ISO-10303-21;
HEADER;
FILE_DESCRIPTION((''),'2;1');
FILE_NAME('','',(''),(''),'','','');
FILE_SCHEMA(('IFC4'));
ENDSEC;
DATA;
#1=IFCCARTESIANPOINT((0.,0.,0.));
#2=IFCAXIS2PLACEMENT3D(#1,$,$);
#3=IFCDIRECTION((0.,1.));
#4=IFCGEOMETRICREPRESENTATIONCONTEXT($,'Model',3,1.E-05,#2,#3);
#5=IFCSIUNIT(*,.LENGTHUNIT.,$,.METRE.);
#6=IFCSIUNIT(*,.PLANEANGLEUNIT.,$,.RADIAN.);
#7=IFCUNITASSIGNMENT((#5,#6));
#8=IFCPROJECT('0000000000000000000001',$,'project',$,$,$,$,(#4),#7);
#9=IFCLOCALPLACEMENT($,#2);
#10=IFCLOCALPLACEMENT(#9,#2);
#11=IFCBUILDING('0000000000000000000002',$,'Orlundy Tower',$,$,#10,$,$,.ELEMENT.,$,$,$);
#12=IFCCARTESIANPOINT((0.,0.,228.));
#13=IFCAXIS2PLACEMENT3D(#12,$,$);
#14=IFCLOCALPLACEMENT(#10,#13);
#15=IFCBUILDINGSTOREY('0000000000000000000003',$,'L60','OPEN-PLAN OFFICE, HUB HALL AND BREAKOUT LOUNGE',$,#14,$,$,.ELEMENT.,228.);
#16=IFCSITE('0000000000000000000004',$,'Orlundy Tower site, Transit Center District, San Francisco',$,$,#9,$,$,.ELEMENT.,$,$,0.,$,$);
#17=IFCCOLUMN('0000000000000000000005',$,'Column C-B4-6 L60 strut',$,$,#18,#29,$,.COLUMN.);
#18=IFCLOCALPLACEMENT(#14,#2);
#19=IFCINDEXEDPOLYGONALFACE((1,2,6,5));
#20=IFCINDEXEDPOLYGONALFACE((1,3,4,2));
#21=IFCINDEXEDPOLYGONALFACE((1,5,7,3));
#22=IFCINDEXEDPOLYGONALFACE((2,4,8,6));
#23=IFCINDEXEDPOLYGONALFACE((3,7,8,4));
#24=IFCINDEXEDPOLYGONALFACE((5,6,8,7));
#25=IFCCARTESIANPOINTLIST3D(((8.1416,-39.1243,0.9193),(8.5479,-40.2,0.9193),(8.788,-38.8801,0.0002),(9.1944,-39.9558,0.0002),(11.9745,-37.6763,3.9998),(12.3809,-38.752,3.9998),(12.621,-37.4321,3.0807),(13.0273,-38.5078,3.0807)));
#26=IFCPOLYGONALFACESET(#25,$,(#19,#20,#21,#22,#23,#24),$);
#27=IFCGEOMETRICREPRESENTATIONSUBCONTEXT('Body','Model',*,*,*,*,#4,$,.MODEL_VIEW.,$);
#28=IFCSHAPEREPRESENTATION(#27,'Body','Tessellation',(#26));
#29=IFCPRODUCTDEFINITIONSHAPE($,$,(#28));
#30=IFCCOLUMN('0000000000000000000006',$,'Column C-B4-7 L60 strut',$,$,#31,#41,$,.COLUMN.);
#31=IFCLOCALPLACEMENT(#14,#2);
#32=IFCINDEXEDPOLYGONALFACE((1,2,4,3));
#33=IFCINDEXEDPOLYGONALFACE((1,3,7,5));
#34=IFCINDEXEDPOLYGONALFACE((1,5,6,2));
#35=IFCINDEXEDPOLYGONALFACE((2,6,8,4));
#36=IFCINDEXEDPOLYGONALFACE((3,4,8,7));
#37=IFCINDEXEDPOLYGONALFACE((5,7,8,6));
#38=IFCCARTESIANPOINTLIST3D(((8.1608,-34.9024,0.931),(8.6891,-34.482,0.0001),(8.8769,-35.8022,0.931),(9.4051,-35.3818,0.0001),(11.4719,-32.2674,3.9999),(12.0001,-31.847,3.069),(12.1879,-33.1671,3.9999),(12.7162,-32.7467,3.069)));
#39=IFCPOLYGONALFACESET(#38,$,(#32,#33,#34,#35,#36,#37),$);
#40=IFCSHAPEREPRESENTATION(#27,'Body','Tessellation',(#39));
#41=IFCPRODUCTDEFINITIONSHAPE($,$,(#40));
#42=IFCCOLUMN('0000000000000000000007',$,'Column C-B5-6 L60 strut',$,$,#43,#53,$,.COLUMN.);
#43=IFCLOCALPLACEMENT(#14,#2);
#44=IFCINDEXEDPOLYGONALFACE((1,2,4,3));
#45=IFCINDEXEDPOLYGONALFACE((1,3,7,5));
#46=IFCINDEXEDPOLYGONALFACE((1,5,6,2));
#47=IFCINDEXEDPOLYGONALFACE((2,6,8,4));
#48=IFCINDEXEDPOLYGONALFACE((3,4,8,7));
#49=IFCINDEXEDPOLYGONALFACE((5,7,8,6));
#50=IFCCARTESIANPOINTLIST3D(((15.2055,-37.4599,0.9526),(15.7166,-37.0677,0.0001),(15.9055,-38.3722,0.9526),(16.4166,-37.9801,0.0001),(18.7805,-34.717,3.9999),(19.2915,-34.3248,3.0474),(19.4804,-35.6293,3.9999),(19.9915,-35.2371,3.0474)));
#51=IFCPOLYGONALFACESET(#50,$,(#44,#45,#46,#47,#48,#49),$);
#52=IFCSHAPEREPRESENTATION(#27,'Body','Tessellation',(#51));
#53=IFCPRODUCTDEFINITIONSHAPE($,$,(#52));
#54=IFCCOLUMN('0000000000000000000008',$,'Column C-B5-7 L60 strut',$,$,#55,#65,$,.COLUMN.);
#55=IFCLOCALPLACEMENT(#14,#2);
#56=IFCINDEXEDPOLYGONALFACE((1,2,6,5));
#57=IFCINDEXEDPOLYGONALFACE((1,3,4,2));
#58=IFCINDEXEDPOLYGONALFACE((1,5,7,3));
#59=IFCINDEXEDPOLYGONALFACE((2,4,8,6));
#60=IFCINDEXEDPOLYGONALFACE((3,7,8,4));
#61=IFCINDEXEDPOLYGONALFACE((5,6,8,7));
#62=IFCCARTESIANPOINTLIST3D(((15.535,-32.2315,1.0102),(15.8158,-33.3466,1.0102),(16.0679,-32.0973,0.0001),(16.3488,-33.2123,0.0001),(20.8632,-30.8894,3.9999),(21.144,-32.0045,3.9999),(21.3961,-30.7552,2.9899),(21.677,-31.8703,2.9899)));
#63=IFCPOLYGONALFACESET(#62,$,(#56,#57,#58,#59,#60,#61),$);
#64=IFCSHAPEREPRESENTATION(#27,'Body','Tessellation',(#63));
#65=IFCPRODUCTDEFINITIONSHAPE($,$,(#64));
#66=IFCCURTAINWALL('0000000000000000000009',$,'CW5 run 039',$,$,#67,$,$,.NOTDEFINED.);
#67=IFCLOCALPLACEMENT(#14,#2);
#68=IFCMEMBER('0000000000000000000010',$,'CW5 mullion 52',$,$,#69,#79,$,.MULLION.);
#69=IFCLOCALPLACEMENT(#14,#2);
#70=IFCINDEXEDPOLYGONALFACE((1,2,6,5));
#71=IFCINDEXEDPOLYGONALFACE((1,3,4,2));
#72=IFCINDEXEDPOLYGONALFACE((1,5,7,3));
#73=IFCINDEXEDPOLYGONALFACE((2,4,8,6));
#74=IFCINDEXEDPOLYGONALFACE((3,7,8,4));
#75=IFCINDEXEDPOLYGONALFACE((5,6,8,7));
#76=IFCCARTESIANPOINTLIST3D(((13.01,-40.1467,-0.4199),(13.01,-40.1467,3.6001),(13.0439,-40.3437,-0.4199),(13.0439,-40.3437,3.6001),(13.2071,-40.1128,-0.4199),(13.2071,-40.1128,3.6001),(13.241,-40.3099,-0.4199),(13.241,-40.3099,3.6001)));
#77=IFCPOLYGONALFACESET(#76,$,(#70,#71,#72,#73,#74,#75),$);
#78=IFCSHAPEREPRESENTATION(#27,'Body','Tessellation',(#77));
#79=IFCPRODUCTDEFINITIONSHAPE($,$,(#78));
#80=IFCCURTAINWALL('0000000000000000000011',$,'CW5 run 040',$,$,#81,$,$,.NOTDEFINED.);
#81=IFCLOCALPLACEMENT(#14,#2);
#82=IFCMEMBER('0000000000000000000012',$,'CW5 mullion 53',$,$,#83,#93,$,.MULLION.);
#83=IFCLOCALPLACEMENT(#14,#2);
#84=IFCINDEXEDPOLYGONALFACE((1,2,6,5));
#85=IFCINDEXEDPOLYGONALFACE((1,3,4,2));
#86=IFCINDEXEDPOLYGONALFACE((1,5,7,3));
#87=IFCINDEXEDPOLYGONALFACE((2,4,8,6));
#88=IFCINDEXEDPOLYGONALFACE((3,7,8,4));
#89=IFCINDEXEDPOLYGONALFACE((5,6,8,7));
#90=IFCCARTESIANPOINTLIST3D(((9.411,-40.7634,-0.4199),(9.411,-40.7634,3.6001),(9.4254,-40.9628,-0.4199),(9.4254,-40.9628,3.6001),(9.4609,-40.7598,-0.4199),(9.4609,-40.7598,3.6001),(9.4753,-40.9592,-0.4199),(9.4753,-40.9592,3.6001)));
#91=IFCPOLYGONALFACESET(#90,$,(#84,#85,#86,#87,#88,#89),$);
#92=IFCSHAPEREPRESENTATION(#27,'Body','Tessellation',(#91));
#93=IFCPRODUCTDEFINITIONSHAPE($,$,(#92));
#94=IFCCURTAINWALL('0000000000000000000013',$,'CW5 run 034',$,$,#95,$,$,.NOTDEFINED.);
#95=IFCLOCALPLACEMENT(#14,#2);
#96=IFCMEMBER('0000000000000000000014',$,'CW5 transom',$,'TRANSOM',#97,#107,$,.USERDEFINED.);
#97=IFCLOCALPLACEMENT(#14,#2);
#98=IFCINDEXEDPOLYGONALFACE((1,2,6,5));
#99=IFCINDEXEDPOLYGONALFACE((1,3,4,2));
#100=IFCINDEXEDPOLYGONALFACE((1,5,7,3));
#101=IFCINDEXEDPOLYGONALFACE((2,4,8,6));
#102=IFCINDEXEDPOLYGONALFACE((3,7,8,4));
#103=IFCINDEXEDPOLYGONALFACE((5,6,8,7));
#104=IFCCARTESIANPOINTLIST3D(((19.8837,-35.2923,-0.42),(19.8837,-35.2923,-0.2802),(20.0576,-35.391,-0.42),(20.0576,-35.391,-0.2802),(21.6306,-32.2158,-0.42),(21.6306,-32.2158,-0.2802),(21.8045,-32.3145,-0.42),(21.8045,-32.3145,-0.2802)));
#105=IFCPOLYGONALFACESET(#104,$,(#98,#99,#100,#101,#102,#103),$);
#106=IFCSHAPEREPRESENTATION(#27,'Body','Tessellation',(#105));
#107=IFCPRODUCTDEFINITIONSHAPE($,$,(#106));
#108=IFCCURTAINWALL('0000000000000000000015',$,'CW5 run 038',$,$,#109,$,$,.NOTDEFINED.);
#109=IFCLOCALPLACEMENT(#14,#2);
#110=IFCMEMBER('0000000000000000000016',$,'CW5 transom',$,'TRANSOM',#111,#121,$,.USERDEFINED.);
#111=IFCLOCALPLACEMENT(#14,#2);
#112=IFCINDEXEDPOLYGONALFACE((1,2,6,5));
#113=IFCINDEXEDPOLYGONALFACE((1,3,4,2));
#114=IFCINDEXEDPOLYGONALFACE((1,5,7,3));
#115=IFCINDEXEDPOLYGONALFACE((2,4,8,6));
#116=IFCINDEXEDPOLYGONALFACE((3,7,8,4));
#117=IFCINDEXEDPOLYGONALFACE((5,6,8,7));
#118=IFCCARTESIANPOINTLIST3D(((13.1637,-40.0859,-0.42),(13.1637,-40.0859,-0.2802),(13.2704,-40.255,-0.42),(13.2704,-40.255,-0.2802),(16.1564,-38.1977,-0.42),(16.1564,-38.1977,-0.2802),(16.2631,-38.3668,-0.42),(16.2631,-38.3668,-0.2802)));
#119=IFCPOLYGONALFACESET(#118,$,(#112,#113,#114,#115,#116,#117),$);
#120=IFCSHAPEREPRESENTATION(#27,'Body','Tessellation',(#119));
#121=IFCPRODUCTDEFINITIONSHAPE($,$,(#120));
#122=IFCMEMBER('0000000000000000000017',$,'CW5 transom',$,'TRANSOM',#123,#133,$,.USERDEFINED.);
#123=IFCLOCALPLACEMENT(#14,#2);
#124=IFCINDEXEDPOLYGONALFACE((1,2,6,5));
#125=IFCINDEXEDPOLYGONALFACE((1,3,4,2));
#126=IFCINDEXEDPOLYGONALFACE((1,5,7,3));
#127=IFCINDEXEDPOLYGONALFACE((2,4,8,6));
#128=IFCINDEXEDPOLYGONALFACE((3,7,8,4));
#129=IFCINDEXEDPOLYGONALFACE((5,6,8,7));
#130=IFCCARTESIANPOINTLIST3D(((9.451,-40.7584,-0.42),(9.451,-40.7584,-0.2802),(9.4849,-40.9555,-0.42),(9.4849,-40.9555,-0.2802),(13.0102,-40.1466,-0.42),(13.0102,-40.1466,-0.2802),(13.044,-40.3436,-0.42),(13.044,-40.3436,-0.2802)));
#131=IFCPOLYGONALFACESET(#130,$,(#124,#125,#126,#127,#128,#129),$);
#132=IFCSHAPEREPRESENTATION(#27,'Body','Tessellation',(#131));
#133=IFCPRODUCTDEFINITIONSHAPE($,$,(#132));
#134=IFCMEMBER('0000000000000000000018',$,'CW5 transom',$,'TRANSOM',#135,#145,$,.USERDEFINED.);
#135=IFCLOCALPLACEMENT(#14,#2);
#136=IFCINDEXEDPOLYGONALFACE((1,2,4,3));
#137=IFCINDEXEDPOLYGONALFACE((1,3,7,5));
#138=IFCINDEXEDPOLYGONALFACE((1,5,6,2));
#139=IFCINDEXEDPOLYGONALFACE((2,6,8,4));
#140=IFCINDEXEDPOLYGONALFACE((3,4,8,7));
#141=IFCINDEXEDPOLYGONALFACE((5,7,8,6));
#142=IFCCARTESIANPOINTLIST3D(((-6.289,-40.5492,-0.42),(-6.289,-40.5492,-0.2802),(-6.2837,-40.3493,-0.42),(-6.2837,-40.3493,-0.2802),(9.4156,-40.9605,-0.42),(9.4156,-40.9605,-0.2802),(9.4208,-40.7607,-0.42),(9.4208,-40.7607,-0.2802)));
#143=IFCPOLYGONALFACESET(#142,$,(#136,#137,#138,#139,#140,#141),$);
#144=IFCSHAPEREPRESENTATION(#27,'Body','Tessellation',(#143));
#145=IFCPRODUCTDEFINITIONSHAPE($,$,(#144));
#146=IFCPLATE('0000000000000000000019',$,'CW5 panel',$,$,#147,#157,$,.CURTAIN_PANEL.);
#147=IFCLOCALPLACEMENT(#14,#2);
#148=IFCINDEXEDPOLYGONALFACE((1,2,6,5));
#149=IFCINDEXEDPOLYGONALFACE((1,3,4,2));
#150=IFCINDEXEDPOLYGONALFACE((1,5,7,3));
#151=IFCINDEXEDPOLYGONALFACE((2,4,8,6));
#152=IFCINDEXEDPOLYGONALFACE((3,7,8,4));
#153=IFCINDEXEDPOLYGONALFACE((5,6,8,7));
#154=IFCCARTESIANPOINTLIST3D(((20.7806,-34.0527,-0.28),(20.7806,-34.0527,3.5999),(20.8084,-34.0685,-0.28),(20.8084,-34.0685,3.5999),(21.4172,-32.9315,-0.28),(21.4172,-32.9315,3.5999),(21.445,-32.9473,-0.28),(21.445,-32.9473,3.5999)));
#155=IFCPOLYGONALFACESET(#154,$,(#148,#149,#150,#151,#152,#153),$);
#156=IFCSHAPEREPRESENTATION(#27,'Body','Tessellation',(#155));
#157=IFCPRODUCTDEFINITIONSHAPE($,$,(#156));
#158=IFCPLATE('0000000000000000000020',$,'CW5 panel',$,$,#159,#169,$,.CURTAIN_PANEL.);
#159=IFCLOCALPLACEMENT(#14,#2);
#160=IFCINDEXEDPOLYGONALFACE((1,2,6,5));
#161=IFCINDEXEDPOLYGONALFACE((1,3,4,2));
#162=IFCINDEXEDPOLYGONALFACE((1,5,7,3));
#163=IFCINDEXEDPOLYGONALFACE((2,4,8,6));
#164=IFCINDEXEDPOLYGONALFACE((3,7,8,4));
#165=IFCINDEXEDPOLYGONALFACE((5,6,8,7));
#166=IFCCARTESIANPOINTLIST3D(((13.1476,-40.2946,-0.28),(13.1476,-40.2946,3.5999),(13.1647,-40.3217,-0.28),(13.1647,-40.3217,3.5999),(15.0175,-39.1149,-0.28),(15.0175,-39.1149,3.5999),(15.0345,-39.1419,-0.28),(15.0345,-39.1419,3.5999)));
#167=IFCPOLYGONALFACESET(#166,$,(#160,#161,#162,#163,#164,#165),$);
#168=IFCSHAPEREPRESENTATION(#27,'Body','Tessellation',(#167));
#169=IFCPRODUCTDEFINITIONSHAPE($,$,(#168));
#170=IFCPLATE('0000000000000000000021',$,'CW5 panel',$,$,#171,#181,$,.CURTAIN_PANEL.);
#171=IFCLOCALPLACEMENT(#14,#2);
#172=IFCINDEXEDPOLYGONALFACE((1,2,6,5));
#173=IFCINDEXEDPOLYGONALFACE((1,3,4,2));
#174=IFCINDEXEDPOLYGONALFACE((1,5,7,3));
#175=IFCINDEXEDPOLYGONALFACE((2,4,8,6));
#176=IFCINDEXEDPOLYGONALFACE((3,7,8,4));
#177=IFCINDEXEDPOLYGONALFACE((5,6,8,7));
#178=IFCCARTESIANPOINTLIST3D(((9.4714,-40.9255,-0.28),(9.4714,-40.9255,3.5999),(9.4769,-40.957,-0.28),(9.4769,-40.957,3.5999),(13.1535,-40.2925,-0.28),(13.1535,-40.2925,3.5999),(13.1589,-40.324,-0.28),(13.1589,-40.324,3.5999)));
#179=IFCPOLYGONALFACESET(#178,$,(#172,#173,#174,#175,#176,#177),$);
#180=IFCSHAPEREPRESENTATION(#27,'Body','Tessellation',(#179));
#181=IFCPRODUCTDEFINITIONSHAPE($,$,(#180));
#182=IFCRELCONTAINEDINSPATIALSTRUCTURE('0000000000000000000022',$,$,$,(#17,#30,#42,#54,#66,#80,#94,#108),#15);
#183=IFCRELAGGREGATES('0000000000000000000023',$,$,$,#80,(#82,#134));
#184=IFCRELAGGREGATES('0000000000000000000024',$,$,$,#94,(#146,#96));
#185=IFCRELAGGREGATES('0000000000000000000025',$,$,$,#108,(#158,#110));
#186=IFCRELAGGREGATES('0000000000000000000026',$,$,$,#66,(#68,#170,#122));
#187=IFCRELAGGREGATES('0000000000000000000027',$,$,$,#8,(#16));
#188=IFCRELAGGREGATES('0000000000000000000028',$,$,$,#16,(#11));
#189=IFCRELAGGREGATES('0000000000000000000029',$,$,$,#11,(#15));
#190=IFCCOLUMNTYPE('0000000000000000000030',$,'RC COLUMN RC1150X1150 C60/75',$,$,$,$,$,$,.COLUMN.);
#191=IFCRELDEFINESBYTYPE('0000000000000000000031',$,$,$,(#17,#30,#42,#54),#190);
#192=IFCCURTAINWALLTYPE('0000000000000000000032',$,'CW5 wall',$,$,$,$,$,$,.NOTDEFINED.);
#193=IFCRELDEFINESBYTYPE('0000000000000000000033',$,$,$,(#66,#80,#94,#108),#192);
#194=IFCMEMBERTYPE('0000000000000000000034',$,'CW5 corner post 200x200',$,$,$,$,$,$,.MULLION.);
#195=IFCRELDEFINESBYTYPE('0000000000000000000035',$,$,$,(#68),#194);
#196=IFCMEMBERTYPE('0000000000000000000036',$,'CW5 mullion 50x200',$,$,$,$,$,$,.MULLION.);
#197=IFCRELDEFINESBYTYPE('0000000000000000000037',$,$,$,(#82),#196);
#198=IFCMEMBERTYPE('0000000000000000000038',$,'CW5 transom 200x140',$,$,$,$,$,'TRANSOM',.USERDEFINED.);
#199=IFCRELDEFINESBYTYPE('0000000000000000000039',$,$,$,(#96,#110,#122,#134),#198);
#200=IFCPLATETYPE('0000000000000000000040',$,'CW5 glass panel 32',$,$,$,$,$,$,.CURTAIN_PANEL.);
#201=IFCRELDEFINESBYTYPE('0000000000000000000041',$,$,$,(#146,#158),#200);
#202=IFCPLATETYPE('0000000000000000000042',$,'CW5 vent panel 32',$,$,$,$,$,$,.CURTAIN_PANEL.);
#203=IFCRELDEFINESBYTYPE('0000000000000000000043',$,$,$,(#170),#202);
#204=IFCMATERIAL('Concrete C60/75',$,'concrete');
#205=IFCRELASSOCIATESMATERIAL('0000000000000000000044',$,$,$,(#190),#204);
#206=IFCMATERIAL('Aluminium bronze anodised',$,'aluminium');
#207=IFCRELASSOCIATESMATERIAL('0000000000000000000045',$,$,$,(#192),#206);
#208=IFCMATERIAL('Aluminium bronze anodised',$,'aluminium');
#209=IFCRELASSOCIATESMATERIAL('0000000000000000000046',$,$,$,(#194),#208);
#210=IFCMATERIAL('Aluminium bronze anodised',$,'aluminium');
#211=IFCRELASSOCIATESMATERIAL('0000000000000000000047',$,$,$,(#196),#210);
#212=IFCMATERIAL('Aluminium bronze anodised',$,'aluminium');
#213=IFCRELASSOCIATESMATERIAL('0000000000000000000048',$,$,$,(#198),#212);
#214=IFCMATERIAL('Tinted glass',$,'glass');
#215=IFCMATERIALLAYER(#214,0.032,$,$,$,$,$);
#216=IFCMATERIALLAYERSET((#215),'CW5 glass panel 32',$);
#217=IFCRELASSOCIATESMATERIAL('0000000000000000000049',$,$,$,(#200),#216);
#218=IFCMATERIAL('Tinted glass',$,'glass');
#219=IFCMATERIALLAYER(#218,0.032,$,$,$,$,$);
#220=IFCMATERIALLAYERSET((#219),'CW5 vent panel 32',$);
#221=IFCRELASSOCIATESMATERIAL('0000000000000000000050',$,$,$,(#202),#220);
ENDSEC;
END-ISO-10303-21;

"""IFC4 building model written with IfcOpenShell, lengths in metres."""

from ifc_helpers import new_model, si_unit, direction, frame, origin, origin_2d, place, context, subcontext, project, spatial, rectangle, extrude, material, layer, layer_set, material_profile, profile_set, type_object, element, aggregate, save


model = new_model("IFC4")

# Units and contexts
model_context = context("Model", 3, precision=1e-05, world=origin(), true_north=direction((0.0, 1.0)))
body_context = subcontext(model_context, "Body", "Model", "MODEL_VIEW")
ifc_project = project(units=[si_unit("LENGTHUNIT", "METRE"), si_unit("PLANEANGLEUNIT", "RADIAN")], contexts=[model_context])

# Site, building, storey
site_placement = place(None, origin())
site = spatial("IfcSite", under=ifc_project, at=site_placement, Name="Orlundy Tower site, Transit Center District, San Francisco", CompositionType="ELEMENT", RefElevation=0.0)
building_placement = place(site_placement, origin())
building = spatial("IfcBuilding", under=site, at=building_placement, Name="Orlundy Tower", CompositionType="ELEMENT")
storey_placement = place(building_placement, frame((0.0, 0.0, 228.0)))
storey = spatial("IfcBuildingStorey", under=building, at=storey_placement, Name="L60", Description="OPEN-PLAN OFFICE, HUB HALL AND BREAKOUT LOUNGE", CompositionType="ELEMENT", Elevation=228.0)

# Columns
ifc_material_1 = material(Name="Concrete C60/75", Category="concrete")
ifc_material_profile_1 = material_profile(ifc_material_1, rectangle(XDim=1.1499, YDim=1.1499, at=origin_2d()), Name="RC1150X1150")
ifc_profile_set_1 = profile_set([ifc_material_profile_1], Name="Concrete C60/75")
column_type = type_object("IfcColumnType", Name="RC COLUMN RC1150X1150 C60/75", PredefinedType="COLUMN", material=ifc_profile_set_1)
column_1_placement = place(storey_placement, frame((8.668, -39.54, 0.4597), z_axis=(0.74772, 0.282467, 0.600938), x_axis=(-0.353395, 0.935474, 0.0)))
element("IfcColumn", 1, at=column_1_placement, inside=storey, type_object=column_type, Name="Column C-B4-6 L60 strut", PredefinedType="COLUMN", context=body_context, shape_type="SweptSolid", body=[
    extrude(rectangle(XDim=1.1499, YDim=1.1499, at=origin_2d()), origin(), (0.0, 0.0, 1.0), 5.1262),
])
column_2_placement = place(storey_placement, frame((8.783, -35.1421, 0.4656), z_axis=(0.633419, 0.504092, 0.587087), x_axis=(-0.622702, 0.782459, 0.0)))
element("IfcColumn", 2, at=column_2_placement, inside=storey, type_object=column_type, Name="Column C-B4-7 L60 strut", PredefinedType="COLUMN", context=body_context, shape_type="SweptSolid", body=[
    extrude(rectangle(XDim=1.1499, YDim=1.1499, at=origin_2d()), origin(), (0.0, 0.0, 1.0), 5.2273),
])
column_3_placement = place(storey_placement, frame((15.811, -37.72, 0.4763), z_axis=(0.657197, 0.504241, 0.560208), x_axis=(-0.608728, 0.793379, 0.0)))
element("IfcColumn", 3, at=column_3_placement, inside=storey, type_object=column_type, Name="Column C-B5-6 L60 strut", PredefinedType="COLUMN", context=body_context, shape_type="SweptSolid", body=[
    extrude(rectangle(XDim=1.1499, YDim=1.1499, at=origin_2d()), origin(), (0.0, 0.0, 1.0), 5.4397),
])
column_4_placement = place(storey_placement, frame((15.9419, -32.7219, 0.5051), z_axis=(0.85178, 0.214545, 0.477955), x_axis=(-0.24425, 0.969712, 0.0)))
element("IfcColumn", 4, at=column_4_placement, inside=storey, type_object=column_type, Name="Column C-B5-7 L60 strut", PredefinedType="COLUMN", context=body_context, shape_type="SweptSolid", body=[
    extrude(rectangle(XDim=1.1499, YDim=1.1499, at=origin_2d()), origin(), (0.0, 0.0, 1.0), 6.2554),
])

# Curtain walls, members
ifc_material_2 = material(Name="Aluminium bronze anodised", Category="aluminium")
curtain_wall_type = type_object("IfcCurtainWallType", Name="CW5 wall", PredefinedType="NOTDEFINED", material=ifc_material_2)
curtain_wall_1_placement = place(storey_placement, origin())
curtain_wall_1 = element("IfcCurtainWall", 5, at=curtain_wall_1_placement, inside=storey, type_object=curtain_wall_type, Name="CW5 run 039", PredefinedType="NOTDEFINED")
ifc_material_3 = material(Name="Aluminium bronze anodised", Category="aluminium")
ifc_material_profile_2 = material_profile(ifc_material_3, rectangle(XDim=0.2, YDim=0.2, at=origin_2d()), Name="CW5 corner post 200x200")
ifc_profile_set_2 = profile_set([ifc_material_profile_2], Name="Aluminium bronze anodised")
member_type_1 = type_object("IfcMemberType", Name="CW5 corner post 200x200", PredefinedType="MULLION", material=ifc_profile_set_2)
member_1_placement = place(storey_placement, frame((13.1255, -40.2283, -0.4199), z_axis=(0.0, 0.0, 1.0), x_axis=(0.169428, -0.985543, 0.0)))
member_1 = element("IfcMember", 6, at=member_1_placement, type_object=member_type_1, Name="CW5 mullion 52", PredefinedType="MULLION", context=body_context, shape_type="SweptSolid", body=[
    extrude(rectangle(XDim=0.2, YDim=0.2, at=origin_2d()), origin(), (0.0, 0.0, 1.0), 4.02),
])
curtain_wall_2_placement = place(storey_placement, origin())
curtain_wall_2 = element("IfcCurtainWall", 7, at=curtain_wall_2_placement, inside=storey, type_object=curtain_wall_type, Name="CW5 run 040", PredefinedType="NOTDEFINED")
ifc_material_4 = material(Name="Aluminium bronze anodised", Category="aluminium")
ifc_material_profile_3 = material_profile(ifc_material_4, rectangle(XDim=0.2, YDim=0.05, at=origin_2d()), Name="CW5 mullion 50x200")
ifc_profile_set_3 = profile_set([ifc_material_profile_3], Name="Aluminium bronze anodised")
member_type_2 = type_object("IfcMemberType", Name="CW5 mullion 50x200", PredefinedType="MULLION", material=ifc_profile_set_3)
member_2_placement = place(storey_placement, frame((9.4431, -40.8613, -0.4199), z_axis=(0.0, 0.0, 1.0), x_axis=(0.071966, -0.997407, 0.0)))
member_2 = element("IfcMember", 8, at=member_2_placement, type_object=member_type_2, Name="CW5 mullion 53", PredefinedType="MULLION", context=body_context, shape_type="SweptSolid", body=[
    extrude(rectangle(XDim=0.2, YDim=0.05, at=origin_2d()), origin(), (0.0, 0.0, 1.0), 4.02),
])
curtain_wall_3_placement = place(storey_placement, origin())
curtain_wall_3 = element("IfcCurtainWall", 9, at=curtain_wall_3_placement, inside=storey, type_object=curtain_wall_type, Name="CW5 run 034", PredefinedType="NOTDEFINED")
ifc_material_5 = material(Name="Aluminium bronze anodised", Category="aluminium")
ifc_material_profile_4 = material_profile(ifc_material_5, rectangle(XDim=0.2, YDim=0.1399, at=origin_2d()), Name="CW5 transom 200x140")
ifc_profile_set_4 = profile_set([ifc_material_profile_4], Name="Aluminium bronze anodised")
member_type_3 = type_object("IfcMemberType", Name="CW5 transom 200x140", ElementType="TRANSOM", PredefinedType="USERDEFINED", material=ifc_profile_set_4)
member_3_placement = place(storey_placement, frame((21.7175, -32.2651, -0.3501), z_axis=(-0.493766, -0.869595, 0.0), x_axis=(0.869595, -0.493766, 0.0)))
member_3 = element("IfcMember", 10, at=member_3_placement, type_object=member_type_3, Name="CW5 transom", ObjectType="TRANSOM", PredefinedType="USERDEFINED", context=body_context, shape_type="SweptSolid", body=[
    extrude(rectangle(XDim=0.2, YDim=0.1399, at=origin_2d()), origin(), (0.0, 0.0, 1.0), 3.5378),
])
curtain_wall_4_placement = place(storey_placement, origin())
curtain_wall_4 = element("IfcCurtainWall", 11, at=curtain_wall_4_placement, inside=storey, type_object=curtain_wall_type, Name="CW5 run 038", PredefinedType="NOTDEFINED")
member_4_placement = place(storey_placement, frame((16.2097, -38.2822, -0.3501), z_axis=(-0.845735, -0.533604, 0.0), x_axis=(0.533604, -0.845735, 0.0)))
member_4 = element("IfcMember", 12, at=member_4_placement, type_object=member_type_3, Name="CW5 transom", ObjectType="TRANSOM", PredefinedType="USERDEFINED", context=body_context, shape_type="SweptSolid", body=[
    extrude(rectangle(XDim=0.2, YDim=0.1399, at=origin_2d()), origin(), (0.0, 0.0, 1.0), 3.5386),
])

# Members
member_5_placement = place(storey_placement, frame((13.0271, -40.2451, -0.3501), z_axis=(-0.985544, -0.169418, 0.0), x_axis=(0.169418, -0.985544, 0.0)))
member_5 = element("IfcMember", 13, at=member_5_placement, type_object=member_type_3, Name="CW5 transom", ObjectType="TRANSOM", PredefinedType="USERDEFINED", context=body_context, shape_type="SweptSolid", body=[
    extrude(rectangle(XDim=0.2, YDim=0.1399, at=origin_2d()), origin(), (0.0, 0.0, 1.0), 3.6113),
])
member_6_placement = place(storey_placement, frame((9.4182, -40.8606, -0.3501), z_axis=(-0.999657, 0.026186, 0.0), x_axis=(-0.026186, -0.999657, 0.0)))
member_6 = element("IfcMember", 14, at=member_6_placement, type_object=member_type_3, Name="CW5 transom", ObjectType="TRANSOM", PredefinedType="USERDEFINED", context=body_context, shape_type="SweptSolid", body=[
    extrude(rectangle(XDim=0.2, YDim=0.1399, at=origin_2d()), origin(), (0.0, 0.0, 1.0), 15.71),
])
aggregate(curtain_wall_2, [member_2, member_6])

# Plates
ifc_material_6 = material(Name="Tinted glass", Category="glass")
ifc_layer_1 = layer(ifc_material_6, 0.032)
ifc_layer_set_1 = layer_set([ifc_layer_1], Name="CW5 glass panel 32")
plate_type_1 = type_object("IfcPlateType", Name="CW5 glass panel 32", PredefinedType="CURTAIN_PANEL", material=ifc_layer_set_1)
plate_1_placement = place(storey_placement, frame((21.1128, -33.5, -0.28), z_axis=(0.0, 0.0, 1.0), x_axis=(-0.493754, -0.869601, 0.0)))
plate_1 = element("IfcPlate", 15, at=plate_1_placement, type_object=plate_type_1, Name="CW5 panel", PredefinedType="CURTAIN_PANEL", context=body_context, shape_type="SweptSolid", body=[
    extrude(rectangle(XDim=1.2893, YDim=0.032, at=origin_2d()), origin(), (0.0, 0.0, 1.0), 3.8799),
])
aggregate(curtain_wall_3, [plate_1, member_3])
plate_2_placement = place(storey_placement, frame((14.0911, -39.7183, -0.28), z_axis=(0.0, 0.0, 1.0), x_axis=(-0.845732, -0.533607, 0.0)))
plate_2 = element("IfcPlate", 16, at=plate_2_placement, type_object=plate_type_1, Name="CW5 panel", PredefinedType="CURTAIN_PANEL", context=body_context, shape_type="SweptSolid", body=[
    extrude(rectangle(XDim=2.2109, YDim=0.032, at=origin_2d()), origin(), (0.0, 0.0, 1.0), 3.8799),
])
aggregate(curtain_wall_4, [plate_2, member_4])
ifc_material_7 = material(Name="Tinted glass", Category="glass")
ifc_layer_2 = layer(ifc_material_7, 0.032)
ifc_layer_set_2 = layer_set([ifc_layer_2], Name="CW5 vent panel 32")
plate_type_2 = type_object("IfcPlateType", Name="CW5 vent panel 32", PredefinedType="CURTAIN_PANEL", material=ifc_layer_set_2)
plate_3_placement = place(storey_placement, frame((11.3152, -40.6248, -0.28), z_axis=(0.0, 0.0, 1.0), x_axis=(-0.985543, -0.169428, 0.0)))
plate_3 = element("IfcPlate", 17, at=plate_3_placement, type_object=plate_type_2, Name="CW5 panel", PredefinedType="CURTAIN_PANEL", context=body_context, shape_type="SweptSolid", body=[
    extrude(rectangle(XDim=3.7361, YDim=0.032, at=origin_2d()), origin(), (0.0, 0.0, 1.0), 3.8799),
])
aggregate(curtain_wall_1, [member_1, plate_3, member_5])

save(model, "model.ifc")
